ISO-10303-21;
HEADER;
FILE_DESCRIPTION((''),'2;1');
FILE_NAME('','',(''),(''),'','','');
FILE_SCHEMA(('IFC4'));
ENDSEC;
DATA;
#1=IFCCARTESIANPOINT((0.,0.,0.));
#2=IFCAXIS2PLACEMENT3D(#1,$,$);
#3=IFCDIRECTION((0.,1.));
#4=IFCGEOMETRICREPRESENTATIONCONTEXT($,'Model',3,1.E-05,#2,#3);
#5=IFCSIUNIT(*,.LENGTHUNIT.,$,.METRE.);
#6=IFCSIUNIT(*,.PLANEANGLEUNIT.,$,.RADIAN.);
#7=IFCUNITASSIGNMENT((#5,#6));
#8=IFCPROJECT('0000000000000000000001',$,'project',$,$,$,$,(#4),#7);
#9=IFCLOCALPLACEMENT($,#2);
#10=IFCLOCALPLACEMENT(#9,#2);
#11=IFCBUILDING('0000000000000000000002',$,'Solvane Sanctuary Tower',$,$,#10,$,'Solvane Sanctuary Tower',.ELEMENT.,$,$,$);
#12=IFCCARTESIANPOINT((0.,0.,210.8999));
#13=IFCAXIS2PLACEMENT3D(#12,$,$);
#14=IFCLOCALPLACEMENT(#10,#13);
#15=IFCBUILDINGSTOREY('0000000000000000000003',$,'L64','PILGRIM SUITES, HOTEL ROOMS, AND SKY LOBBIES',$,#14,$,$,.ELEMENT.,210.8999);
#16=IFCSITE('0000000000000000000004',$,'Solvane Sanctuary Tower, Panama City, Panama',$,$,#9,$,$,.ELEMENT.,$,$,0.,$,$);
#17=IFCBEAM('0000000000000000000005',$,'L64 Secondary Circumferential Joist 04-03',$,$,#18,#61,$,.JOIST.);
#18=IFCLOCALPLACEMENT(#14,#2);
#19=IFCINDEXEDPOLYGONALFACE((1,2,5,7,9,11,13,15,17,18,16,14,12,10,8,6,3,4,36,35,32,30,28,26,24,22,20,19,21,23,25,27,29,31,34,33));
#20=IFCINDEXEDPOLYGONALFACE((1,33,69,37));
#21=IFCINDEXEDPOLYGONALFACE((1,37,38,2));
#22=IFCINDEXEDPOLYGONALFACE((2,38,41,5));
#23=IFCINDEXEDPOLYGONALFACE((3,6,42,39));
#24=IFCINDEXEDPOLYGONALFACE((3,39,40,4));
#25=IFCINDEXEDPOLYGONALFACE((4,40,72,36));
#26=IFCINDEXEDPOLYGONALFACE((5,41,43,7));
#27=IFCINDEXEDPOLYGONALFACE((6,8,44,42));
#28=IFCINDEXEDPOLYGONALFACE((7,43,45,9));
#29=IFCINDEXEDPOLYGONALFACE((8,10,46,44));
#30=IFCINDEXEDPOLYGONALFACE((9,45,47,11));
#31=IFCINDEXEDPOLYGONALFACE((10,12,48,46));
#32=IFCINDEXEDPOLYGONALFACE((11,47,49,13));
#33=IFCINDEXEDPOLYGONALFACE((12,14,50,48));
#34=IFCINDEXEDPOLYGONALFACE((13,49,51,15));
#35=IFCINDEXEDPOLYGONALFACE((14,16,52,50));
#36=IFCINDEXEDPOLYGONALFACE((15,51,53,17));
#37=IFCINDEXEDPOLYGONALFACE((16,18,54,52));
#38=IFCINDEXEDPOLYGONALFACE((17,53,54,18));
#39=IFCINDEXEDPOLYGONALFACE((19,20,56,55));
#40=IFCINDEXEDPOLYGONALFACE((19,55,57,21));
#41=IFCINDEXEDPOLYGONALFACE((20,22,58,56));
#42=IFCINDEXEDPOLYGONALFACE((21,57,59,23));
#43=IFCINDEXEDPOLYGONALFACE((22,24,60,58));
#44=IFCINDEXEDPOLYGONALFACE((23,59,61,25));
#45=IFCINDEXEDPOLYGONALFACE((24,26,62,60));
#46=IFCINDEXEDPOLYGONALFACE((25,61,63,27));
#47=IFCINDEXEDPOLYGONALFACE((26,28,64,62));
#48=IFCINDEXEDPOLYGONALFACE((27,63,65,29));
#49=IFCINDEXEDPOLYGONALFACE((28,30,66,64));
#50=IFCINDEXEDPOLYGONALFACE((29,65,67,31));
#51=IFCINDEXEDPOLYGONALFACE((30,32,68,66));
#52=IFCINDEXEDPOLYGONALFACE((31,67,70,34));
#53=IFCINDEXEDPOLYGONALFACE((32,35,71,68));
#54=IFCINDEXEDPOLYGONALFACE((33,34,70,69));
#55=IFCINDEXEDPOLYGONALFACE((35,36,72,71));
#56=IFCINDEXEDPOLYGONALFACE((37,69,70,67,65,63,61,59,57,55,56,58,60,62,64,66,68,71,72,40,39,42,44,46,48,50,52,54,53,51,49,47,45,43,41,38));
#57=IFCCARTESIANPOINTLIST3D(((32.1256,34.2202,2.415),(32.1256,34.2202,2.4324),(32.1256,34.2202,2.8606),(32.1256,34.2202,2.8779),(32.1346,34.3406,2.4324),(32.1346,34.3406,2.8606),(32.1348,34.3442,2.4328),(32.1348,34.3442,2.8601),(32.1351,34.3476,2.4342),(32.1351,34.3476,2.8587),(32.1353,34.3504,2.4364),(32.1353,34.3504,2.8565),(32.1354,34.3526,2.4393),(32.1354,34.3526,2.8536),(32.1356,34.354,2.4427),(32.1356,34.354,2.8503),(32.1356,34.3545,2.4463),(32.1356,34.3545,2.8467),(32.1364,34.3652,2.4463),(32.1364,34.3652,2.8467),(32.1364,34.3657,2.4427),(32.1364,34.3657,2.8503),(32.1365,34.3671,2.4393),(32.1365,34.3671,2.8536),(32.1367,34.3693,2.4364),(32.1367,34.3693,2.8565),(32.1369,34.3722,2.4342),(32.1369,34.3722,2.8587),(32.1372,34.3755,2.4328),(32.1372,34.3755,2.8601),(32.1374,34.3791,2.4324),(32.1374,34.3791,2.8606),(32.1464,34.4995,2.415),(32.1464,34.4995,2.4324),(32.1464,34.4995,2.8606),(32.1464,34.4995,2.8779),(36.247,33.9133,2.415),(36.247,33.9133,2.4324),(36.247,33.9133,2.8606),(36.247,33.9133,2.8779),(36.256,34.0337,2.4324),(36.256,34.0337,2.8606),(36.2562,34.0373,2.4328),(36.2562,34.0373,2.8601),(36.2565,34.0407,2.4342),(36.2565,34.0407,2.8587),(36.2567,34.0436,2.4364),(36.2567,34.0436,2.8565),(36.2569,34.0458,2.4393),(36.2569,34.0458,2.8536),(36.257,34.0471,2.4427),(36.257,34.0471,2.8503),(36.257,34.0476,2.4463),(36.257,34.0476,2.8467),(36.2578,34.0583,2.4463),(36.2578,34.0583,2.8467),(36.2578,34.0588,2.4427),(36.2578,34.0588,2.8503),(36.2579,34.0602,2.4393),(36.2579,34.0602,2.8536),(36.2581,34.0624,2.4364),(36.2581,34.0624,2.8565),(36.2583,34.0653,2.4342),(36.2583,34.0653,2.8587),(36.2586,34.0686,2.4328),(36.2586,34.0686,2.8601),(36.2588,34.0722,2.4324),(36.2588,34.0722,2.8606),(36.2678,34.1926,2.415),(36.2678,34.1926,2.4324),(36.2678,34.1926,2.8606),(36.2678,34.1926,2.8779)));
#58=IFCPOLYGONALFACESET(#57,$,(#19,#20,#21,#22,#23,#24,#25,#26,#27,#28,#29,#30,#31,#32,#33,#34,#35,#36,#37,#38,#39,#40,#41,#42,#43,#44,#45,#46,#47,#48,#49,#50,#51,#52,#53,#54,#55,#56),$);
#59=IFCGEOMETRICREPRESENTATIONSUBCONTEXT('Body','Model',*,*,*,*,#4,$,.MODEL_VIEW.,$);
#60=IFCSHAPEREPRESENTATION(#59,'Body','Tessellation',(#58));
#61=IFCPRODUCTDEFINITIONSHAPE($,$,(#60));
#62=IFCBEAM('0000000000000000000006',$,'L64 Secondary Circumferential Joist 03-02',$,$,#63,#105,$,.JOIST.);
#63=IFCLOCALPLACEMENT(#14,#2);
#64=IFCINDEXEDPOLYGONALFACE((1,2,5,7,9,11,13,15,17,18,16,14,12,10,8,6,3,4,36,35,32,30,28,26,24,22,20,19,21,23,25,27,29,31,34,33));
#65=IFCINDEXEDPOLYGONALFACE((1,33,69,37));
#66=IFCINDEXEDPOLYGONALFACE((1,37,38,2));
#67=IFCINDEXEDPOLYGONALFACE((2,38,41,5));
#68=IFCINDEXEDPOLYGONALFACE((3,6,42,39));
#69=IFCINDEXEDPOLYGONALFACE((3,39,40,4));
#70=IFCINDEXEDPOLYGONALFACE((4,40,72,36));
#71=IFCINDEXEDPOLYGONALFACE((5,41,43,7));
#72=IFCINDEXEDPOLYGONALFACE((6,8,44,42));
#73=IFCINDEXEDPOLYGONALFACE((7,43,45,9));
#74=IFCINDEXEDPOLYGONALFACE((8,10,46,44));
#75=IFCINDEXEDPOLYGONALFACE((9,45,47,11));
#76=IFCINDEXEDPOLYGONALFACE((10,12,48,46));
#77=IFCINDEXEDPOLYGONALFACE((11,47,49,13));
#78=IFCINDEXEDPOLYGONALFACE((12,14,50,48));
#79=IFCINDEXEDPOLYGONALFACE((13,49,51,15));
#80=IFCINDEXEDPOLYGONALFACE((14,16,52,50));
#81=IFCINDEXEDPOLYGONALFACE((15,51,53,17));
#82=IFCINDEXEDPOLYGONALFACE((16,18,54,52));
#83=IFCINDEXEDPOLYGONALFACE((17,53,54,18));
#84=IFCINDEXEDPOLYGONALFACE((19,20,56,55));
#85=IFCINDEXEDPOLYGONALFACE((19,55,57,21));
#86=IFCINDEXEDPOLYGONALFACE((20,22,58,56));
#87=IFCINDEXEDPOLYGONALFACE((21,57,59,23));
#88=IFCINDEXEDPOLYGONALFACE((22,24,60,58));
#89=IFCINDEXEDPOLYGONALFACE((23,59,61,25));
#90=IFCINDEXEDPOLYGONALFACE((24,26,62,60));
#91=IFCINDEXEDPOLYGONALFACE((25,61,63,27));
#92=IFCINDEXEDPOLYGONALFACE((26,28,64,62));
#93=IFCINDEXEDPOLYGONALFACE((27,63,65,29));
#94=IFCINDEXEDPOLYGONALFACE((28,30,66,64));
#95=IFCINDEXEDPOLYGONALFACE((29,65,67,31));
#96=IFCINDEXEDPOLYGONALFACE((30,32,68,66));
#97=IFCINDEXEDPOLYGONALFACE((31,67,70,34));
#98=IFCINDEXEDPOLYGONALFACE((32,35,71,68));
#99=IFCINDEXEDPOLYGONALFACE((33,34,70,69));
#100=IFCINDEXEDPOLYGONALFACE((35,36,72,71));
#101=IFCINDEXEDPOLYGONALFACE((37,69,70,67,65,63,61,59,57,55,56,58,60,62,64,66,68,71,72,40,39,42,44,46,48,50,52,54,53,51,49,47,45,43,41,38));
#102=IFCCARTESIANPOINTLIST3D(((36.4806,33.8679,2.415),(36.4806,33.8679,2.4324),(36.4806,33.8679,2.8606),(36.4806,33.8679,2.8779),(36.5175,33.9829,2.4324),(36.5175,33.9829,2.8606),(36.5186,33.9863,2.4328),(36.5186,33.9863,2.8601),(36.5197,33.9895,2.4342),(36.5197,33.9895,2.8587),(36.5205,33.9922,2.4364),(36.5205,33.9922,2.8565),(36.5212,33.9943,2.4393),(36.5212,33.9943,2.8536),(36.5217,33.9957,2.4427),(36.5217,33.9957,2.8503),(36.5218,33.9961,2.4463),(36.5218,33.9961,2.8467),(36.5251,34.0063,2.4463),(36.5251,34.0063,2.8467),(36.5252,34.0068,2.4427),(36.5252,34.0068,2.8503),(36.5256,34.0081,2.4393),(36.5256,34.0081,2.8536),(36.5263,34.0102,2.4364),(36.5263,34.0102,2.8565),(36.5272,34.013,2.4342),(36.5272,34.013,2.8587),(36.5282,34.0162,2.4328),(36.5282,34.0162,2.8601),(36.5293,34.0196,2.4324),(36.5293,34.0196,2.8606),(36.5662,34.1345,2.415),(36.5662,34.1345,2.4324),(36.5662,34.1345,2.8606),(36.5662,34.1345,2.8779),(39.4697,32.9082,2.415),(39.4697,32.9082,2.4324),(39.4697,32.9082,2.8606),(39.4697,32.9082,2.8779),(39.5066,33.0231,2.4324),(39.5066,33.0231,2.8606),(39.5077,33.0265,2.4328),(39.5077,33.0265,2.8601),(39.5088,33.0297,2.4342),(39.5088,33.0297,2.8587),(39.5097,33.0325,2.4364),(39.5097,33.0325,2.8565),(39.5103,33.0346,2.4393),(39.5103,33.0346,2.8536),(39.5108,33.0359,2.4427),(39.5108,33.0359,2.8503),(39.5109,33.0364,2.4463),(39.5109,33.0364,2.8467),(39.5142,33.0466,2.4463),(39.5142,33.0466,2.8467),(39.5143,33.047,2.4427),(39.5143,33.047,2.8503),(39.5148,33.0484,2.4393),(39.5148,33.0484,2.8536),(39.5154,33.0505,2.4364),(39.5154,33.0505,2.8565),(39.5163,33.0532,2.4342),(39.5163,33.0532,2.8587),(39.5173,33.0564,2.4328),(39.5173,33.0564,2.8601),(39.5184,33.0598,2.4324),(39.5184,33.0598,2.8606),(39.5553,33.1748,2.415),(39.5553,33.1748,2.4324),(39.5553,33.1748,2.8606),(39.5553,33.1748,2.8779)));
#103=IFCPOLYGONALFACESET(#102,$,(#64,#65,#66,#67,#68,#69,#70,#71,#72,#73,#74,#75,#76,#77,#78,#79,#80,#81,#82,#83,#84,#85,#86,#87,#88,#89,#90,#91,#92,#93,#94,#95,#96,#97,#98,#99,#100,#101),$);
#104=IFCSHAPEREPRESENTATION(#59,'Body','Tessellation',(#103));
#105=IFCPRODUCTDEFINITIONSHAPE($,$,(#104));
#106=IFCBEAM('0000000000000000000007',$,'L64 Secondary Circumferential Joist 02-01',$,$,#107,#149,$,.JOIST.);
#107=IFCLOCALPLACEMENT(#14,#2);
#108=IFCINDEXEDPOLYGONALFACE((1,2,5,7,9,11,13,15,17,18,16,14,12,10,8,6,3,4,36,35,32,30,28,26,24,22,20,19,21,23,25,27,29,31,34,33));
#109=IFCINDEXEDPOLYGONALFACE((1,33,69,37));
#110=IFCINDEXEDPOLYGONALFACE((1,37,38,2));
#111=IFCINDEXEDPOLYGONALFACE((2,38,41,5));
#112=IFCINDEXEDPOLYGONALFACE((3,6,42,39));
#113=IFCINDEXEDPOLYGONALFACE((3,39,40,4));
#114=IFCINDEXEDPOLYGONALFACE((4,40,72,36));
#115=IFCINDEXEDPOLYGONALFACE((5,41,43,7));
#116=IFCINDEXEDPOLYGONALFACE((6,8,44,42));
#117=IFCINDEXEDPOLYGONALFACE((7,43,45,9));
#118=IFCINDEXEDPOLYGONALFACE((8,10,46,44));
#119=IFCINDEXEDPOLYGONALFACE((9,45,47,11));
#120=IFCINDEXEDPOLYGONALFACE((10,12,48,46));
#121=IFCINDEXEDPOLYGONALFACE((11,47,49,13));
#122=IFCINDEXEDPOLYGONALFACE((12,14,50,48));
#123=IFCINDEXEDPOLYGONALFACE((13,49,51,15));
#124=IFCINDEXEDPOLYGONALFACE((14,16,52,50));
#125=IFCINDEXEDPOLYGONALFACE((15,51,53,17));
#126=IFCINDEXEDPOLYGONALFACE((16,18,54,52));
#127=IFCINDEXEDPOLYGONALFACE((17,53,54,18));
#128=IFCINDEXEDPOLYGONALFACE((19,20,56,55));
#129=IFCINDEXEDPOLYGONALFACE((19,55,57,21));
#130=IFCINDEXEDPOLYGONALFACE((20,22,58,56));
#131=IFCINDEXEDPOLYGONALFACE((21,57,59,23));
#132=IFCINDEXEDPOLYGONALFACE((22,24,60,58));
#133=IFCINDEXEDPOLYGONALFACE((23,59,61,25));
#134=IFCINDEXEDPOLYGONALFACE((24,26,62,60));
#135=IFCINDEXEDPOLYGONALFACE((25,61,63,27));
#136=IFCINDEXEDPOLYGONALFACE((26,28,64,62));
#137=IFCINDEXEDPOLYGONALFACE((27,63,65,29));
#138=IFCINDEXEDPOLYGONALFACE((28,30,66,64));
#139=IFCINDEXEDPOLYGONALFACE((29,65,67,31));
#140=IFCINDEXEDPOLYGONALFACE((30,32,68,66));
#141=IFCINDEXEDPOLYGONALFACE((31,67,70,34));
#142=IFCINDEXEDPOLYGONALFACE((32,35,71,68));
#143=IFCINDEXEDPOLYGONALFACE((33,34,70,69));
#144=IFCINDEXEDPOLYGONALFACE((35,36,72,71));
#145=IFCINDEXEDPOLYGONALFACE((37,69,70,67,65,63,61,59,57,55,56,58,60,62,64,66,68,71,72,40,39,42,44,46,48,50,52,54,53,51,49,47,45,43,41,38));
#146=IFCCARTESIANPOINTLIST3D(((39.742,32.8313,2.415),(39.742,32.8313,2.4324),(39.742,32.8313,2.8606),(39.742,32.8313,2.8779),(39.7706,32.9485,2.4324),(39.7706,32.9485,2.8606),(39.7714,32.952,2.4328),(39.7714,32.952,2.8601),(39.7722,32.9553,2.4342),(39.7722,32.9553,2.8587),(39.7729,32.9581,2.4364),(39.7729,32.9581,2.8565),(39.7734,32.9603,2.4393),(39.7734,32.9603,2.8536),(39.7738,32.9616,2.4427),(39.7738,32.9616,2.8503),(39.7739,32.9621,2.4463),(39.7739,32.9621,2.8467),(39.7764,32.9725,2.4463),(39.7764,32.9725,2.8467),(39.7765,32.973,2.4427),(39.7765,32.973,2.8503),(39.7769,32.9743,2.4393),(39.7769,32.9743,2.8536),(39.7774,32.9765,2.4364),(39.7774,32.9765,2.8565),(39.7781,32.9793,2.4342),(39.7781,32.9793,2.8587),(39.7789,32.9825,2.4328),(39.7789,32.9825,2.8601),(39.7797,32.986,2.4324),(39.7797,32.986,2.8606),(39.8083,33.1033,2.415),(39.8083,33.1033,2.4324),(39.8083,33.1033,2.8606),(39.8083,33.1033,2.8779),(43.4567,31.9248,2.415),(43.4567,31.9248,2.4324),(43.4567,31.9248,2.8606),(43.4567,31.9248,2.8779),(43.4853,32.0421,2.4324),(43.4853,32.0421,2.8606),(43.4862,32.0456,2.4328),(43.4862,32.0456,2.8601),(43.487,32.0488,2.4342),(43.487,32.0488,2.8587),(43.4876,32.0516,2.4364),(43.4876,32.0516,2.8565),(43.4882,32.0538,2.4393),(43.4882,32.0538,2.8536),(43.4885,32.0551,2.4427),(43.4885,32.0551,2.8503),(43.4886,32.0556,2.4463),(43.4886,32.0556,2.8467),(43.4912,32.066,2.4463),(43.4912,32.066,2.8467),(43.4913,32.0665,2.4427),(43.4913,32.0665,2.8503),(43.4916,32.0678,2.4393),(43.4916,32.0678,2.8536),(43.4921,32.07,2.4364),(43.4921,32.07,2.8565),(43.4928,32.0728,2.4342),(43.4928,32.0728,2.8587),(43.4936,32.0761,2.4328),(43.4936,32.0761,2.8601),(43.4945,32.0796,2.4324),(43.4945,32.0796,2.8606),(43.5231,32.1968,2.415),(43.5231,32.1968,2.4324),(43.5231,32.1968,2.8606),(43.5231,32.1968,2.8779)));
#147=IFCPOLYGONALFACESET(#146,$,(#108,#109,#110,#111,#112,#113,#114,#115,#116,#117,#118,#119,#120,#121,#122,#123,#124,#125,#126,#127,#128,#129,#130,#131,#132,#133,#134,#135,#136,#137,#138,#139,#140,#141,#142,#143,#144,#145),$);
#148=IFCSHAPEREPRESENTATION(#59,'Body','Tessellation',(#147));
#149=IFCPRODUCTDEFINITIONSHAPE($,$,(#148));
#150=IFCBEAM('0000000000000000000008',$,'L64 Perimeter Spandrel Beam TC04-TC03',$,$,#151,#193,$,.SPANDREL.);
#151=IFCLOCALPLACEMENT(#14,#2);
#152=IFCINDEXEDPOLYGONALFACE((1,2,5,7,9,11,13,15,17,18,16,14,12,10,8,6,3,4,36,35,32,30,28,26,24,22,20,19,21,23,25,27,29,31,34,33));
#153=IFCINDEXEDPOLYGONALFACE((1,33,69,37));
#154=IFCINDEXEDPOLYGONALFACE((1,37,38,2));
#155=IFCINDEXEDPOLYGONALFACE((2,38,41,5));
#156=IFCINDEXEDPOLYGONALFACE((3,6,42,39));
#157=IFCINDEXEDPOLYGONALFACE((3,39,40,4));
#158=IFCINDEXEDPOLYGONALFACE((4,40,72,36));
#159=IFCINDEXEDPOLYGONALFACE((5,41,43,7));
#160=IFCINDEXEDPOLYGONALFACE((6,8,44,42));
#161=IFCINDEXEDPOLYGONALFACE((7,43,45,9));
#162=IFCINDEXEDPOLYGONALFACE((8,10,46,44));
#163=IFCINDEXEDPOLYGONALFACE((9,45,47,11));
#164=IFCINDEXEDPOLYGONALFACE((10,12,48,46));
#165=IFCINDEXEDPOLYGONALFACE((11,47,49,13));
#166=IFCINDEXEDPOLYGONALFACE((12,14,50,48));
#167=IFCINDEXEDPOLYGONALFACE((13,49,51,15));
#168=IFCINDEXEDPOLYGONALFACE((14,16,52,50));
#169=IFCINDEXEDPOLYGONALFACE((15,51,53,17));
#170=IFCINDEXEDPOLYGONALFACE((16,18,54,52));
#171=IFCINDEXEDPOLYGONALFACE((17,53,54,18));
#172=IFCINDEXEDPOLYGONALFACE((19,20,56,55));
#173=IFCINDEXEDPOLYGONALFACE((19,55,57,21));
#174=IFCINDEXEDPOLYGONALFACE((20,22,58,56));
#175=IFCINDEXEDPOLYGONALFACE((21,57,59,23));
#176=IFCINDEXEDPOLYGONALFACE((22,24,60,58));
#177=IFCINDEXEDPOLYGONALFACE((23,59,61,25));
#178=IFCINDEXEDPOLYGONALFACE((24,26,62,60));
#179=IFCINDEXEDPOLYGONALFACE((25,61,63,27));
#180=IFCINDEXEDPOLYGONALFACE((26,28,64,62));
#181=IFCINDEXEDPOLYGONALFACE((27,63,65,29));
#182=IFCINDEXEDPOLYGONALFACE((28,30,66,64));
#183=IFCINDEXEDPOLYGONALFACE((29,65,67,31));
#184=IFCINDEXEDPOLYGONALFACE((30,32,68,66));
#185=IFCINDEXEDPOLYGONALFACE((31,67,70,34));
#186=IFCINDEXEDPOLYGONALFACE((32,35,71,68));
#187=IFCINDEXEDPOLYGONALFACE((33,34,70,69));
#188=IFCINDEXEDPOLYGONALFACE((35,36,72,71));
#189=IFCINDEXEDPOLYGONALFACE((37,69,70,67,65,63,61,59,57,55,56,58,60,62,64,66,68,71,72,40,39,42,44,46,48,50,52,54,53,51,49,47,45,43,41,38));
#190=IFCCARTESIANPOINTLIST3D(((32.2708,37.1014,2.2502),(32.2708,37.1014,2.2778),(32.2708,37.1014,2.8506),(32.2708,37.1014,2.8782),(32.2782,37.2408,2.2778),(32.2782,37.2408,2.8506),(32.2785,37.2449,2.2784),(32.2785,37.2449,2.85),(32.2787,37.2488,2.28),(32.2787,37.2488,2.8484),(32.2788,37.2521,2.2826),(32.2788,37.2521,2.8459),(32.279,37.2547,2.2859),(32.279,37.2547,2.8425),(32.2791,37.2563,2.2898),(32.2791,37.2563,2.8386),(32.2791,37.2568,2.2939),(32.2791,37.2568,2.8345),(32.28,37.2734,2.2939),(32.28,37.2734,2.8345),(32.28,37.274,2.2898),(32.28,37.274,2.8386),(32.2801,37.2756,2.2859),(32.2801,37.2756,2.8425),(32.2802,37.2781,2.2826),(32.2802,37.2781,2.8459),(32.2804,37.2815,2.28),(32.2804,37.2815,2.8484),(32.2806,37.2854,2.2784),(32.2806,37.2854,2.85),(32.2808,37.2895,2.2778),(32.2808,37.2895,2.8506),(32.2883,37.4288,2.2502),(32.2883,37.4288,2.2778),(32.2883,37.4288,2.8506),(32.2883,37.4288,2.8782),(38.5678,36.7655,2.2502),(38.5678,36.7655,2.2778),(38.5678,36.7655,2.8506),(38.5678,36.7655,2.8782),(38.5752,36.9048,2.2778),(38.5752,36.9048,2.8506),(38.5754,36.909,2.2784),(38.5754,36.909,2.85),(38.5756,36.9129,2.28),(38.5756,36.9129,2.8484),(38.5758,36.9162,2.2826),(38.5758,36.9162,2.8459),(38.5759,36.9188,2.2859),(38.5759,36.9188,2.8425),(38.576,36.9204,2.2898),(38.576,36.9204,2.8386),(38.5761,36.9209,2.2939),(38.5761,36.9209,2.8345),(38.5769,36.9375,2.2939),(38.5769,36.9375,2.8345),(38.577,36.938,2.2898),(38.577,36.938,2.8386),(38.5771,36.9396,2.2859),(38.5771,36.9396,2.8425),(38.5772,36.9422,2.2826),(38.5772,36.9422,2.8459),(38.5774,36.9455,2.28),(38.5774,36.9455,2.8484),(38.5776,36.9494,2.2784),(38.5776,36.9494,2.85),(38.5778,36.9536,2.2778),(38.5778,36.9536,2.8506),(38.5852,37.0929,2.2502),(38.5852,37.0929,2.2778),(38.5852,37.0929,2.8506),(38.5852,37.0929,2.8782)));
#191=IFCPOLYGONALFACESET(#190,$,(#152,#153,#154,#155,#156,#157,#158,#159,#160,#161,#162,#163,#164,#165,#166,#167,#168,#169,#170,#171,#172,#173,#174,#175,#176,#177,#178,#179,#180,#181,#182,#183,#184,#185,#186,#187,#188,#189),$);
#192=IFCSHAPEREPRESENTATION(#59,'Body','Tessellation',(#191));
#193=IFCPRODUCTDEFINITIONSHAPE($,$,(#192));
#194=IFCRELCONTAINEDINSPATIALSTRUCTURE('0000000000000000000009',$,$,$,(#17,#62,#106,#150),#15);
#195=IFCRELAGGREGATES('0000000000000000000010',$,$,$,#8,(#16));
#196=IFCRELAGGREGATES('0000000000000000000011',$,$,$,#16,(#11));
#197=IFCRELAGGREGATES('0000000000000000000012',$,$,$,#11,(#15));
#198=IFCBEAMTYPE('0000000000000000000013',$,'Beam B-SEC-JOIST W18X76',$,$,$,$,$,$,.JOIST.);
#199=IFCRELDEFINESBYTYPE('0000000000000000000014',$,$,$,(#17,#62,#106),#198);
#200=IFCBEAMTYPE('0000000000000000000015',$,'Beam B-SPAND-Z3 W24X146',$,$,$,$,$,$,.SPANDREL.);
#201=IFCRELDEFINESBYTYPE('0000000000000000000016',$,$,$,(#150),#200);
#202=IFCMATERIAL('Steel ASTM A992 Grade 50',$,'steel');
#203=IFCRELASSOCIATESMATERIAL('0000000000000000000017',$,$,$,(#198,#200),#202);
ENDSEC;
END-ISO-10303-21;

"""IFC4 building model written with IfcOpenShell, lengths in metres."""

from ifc_helpers import new_model, si_unit, direction, frame, origin, origin_2d, place, context, subcontext, project, spatial, i_section, extrude, material, material_profile, profile_set, type_object, element, save


model = new_model("IFC4")

# Units and contexts
model_context = context("Model", 3, precision=1e-05, world=origin(), true_north=direction((0.0, 1.0)))
body_context = subcontext(model_context, "Body", "Model", "MODEL_VIEW")
ifc_project = project(units=[si_unit("LENGTHUNIT", "METRE"), si_unit("PLANEANGLEUNIT", "RADIAN")], contexts=[model_context])

# Site, building, storey
site_placement = place(None, origin())
site = spatial("IfcSite", under=ifc_project, at=site_placement, Name="Solvane Sanctuary Tower, Panama City, Panama", CompositionType="ELEMENT", RefElevation=0.0)
building_placement = place(site_placement, origin())
building = spatial("IfcBuilding", under=site, at=building_placement, Name="Solvane Sanctuary Tower", LongName="Solvane Sanctuary Tower", CompositionType="ELEMENT")
storey_placement = place(building_placement, frame((0.0, 0.0, 210.8999)))
storey = spatial("IfcBuildingStorey", under=building, at=storey_placement, Name="L64", Description="PILGRIM SUITES, HOTEL ROOMS, AND SKY LOBBIES", CompositionType="ELEMENT", Elevation=210.8999)

# Beams
ifc_material_1 = material(Name="Steel ASTM A992 Grade 50", Category="steel")
ifc_material_profile_1 = material_profile(ifc_material_1, i_section(OverallWidth=0.28, OverallDepth=0.4629, WebThickness=0.0107, FlangeThickness=0.0173, FilletRadius=0.0139, at=origin_2d()), Name="W18X76")
ifc_profile_set_1 = profile_set([ifc_material_profile_1], Name="Steel ASTM A992 Grade 50")
beam_type_1 = type_object("IfcBeamType", Name="Beam B-SEC-JOIST W18X76", PredefinedType="JOIST", material=ifc_profile_set_1)
beam_1_placement = place(storey_placement, frame((32.136, 34.3599, 2.6465), z_axis=(0.997239, -0.074257, 0.0), x_axis=(0.074257, 0.997239, 0.0)))
element("IfcBeam", 1, at=beam_1_placement, inside=storey, type_object=beam_type_1, Name="L64 Secondary Circumferential Joist 04-03", PredefinedType="JOIST", context=body_context, shape_type="SweptSolid", body=[
    extrude(i_section(OverallWidth=0.28, OverallDepth=0.4629, WebThickness=0.0107, FlangeThickness=0.0173, FilletRadius=0.0139, at=origin_2d()), origin(), (0.0, 0.0, 1.0), 4.1328),
])
beam_2_placement = place(storey_placement, frame((36.5234, 34.0012, 2.6465), z_axis=(0.952125, -0.30571, 0.0), x_axis=(0.30571, 0.952125, 0.0)))
element("IfcBeam", 2, at=beam_2_placement, inside=storey, type_object=beam_type_1, Name="L64 Secondary Circumferential Joist 03-02", PredefinedType="JOIST", context=body_context, shape_type="SweptSolid", body=[
    extrude(i_section(OverallWidth=0.28, OverallDepth=0.4629, WebThickness=0.0107, FlangeThickness=0.0173, FilletRadius=0.0139, at=origin_2d()), origin(), (0.0, 0.0, 1.0), 3.1394),
])
beam_3_placement = place(storey_placement, frame((39.7751, 32.9673, 2.6465), z_axis=(0.971494, -0.237063, 0.0), x_axis=(0.237063, 0.971494, 0.0)))
element("IfcBeam", 3, at=beam_3_placement, inside=storey, type_object=beam_type_1, Name="L64 Secondary Circumferential Joist 02-01", PredefinedType="JOIST", context=body_context, shape_type="SweptSolid", body=[
    extrude(i_section(OverallWidth=0.28, OverallDepth=0.4629, WebThickness=0.0107, FlangeThickness=0.0173, FilletRadius=0.0139, at=origin_2d()), origin(), (0.0, 0.0, 1.0), 3.8237),
])
ifc_material_profile_2 = material_profile(ifc_material_1, i_section(OverallWidth=0.3279, OverallDepth=0.6279, WebThickness=0.0166, FlangeThickness=0.0276, FilletRadius=0.0161, at=origin_2d()), Name="W24X146")
ifc_profile_set_2 = profile_set([ifc_material_profile_2], Name="Steel ASTM A992 Grade 50")
beam_type_2 = type_object("IfcBeamType", Name="Beam B-SPAND-Z3 W24X146", PredefinedType="SPANDREL", material=ifc_profile_set_2)
beam_4_placement = place(storey_placement, frame((32.2795, 37.2651, 2.5642), z_axis=(0.99858, -0.053274, 0.0), x_axis=(0.053274, 0.99858, 0.0)))
element("IfcBeam", 4, at=beam_4_placement, inside=storey, type_object=beam_type_2, Name="L64 Perimeter Spandrel Beam TC04-TC03", PredefinedType="SPANDREL", context=body_context, shape_type="SweptSolid", body=[
    extrude(i_section(OverallWidth=0.3279, OverallDepth=0.6279, WebThickness=0.0166, FlangeThickness=0.0276, FilletRadius=0.0161, at=origin_2d()), origin(), (0.0, 0.0, 1.0), 6.3059),
])

save(model, "model.ifc")
